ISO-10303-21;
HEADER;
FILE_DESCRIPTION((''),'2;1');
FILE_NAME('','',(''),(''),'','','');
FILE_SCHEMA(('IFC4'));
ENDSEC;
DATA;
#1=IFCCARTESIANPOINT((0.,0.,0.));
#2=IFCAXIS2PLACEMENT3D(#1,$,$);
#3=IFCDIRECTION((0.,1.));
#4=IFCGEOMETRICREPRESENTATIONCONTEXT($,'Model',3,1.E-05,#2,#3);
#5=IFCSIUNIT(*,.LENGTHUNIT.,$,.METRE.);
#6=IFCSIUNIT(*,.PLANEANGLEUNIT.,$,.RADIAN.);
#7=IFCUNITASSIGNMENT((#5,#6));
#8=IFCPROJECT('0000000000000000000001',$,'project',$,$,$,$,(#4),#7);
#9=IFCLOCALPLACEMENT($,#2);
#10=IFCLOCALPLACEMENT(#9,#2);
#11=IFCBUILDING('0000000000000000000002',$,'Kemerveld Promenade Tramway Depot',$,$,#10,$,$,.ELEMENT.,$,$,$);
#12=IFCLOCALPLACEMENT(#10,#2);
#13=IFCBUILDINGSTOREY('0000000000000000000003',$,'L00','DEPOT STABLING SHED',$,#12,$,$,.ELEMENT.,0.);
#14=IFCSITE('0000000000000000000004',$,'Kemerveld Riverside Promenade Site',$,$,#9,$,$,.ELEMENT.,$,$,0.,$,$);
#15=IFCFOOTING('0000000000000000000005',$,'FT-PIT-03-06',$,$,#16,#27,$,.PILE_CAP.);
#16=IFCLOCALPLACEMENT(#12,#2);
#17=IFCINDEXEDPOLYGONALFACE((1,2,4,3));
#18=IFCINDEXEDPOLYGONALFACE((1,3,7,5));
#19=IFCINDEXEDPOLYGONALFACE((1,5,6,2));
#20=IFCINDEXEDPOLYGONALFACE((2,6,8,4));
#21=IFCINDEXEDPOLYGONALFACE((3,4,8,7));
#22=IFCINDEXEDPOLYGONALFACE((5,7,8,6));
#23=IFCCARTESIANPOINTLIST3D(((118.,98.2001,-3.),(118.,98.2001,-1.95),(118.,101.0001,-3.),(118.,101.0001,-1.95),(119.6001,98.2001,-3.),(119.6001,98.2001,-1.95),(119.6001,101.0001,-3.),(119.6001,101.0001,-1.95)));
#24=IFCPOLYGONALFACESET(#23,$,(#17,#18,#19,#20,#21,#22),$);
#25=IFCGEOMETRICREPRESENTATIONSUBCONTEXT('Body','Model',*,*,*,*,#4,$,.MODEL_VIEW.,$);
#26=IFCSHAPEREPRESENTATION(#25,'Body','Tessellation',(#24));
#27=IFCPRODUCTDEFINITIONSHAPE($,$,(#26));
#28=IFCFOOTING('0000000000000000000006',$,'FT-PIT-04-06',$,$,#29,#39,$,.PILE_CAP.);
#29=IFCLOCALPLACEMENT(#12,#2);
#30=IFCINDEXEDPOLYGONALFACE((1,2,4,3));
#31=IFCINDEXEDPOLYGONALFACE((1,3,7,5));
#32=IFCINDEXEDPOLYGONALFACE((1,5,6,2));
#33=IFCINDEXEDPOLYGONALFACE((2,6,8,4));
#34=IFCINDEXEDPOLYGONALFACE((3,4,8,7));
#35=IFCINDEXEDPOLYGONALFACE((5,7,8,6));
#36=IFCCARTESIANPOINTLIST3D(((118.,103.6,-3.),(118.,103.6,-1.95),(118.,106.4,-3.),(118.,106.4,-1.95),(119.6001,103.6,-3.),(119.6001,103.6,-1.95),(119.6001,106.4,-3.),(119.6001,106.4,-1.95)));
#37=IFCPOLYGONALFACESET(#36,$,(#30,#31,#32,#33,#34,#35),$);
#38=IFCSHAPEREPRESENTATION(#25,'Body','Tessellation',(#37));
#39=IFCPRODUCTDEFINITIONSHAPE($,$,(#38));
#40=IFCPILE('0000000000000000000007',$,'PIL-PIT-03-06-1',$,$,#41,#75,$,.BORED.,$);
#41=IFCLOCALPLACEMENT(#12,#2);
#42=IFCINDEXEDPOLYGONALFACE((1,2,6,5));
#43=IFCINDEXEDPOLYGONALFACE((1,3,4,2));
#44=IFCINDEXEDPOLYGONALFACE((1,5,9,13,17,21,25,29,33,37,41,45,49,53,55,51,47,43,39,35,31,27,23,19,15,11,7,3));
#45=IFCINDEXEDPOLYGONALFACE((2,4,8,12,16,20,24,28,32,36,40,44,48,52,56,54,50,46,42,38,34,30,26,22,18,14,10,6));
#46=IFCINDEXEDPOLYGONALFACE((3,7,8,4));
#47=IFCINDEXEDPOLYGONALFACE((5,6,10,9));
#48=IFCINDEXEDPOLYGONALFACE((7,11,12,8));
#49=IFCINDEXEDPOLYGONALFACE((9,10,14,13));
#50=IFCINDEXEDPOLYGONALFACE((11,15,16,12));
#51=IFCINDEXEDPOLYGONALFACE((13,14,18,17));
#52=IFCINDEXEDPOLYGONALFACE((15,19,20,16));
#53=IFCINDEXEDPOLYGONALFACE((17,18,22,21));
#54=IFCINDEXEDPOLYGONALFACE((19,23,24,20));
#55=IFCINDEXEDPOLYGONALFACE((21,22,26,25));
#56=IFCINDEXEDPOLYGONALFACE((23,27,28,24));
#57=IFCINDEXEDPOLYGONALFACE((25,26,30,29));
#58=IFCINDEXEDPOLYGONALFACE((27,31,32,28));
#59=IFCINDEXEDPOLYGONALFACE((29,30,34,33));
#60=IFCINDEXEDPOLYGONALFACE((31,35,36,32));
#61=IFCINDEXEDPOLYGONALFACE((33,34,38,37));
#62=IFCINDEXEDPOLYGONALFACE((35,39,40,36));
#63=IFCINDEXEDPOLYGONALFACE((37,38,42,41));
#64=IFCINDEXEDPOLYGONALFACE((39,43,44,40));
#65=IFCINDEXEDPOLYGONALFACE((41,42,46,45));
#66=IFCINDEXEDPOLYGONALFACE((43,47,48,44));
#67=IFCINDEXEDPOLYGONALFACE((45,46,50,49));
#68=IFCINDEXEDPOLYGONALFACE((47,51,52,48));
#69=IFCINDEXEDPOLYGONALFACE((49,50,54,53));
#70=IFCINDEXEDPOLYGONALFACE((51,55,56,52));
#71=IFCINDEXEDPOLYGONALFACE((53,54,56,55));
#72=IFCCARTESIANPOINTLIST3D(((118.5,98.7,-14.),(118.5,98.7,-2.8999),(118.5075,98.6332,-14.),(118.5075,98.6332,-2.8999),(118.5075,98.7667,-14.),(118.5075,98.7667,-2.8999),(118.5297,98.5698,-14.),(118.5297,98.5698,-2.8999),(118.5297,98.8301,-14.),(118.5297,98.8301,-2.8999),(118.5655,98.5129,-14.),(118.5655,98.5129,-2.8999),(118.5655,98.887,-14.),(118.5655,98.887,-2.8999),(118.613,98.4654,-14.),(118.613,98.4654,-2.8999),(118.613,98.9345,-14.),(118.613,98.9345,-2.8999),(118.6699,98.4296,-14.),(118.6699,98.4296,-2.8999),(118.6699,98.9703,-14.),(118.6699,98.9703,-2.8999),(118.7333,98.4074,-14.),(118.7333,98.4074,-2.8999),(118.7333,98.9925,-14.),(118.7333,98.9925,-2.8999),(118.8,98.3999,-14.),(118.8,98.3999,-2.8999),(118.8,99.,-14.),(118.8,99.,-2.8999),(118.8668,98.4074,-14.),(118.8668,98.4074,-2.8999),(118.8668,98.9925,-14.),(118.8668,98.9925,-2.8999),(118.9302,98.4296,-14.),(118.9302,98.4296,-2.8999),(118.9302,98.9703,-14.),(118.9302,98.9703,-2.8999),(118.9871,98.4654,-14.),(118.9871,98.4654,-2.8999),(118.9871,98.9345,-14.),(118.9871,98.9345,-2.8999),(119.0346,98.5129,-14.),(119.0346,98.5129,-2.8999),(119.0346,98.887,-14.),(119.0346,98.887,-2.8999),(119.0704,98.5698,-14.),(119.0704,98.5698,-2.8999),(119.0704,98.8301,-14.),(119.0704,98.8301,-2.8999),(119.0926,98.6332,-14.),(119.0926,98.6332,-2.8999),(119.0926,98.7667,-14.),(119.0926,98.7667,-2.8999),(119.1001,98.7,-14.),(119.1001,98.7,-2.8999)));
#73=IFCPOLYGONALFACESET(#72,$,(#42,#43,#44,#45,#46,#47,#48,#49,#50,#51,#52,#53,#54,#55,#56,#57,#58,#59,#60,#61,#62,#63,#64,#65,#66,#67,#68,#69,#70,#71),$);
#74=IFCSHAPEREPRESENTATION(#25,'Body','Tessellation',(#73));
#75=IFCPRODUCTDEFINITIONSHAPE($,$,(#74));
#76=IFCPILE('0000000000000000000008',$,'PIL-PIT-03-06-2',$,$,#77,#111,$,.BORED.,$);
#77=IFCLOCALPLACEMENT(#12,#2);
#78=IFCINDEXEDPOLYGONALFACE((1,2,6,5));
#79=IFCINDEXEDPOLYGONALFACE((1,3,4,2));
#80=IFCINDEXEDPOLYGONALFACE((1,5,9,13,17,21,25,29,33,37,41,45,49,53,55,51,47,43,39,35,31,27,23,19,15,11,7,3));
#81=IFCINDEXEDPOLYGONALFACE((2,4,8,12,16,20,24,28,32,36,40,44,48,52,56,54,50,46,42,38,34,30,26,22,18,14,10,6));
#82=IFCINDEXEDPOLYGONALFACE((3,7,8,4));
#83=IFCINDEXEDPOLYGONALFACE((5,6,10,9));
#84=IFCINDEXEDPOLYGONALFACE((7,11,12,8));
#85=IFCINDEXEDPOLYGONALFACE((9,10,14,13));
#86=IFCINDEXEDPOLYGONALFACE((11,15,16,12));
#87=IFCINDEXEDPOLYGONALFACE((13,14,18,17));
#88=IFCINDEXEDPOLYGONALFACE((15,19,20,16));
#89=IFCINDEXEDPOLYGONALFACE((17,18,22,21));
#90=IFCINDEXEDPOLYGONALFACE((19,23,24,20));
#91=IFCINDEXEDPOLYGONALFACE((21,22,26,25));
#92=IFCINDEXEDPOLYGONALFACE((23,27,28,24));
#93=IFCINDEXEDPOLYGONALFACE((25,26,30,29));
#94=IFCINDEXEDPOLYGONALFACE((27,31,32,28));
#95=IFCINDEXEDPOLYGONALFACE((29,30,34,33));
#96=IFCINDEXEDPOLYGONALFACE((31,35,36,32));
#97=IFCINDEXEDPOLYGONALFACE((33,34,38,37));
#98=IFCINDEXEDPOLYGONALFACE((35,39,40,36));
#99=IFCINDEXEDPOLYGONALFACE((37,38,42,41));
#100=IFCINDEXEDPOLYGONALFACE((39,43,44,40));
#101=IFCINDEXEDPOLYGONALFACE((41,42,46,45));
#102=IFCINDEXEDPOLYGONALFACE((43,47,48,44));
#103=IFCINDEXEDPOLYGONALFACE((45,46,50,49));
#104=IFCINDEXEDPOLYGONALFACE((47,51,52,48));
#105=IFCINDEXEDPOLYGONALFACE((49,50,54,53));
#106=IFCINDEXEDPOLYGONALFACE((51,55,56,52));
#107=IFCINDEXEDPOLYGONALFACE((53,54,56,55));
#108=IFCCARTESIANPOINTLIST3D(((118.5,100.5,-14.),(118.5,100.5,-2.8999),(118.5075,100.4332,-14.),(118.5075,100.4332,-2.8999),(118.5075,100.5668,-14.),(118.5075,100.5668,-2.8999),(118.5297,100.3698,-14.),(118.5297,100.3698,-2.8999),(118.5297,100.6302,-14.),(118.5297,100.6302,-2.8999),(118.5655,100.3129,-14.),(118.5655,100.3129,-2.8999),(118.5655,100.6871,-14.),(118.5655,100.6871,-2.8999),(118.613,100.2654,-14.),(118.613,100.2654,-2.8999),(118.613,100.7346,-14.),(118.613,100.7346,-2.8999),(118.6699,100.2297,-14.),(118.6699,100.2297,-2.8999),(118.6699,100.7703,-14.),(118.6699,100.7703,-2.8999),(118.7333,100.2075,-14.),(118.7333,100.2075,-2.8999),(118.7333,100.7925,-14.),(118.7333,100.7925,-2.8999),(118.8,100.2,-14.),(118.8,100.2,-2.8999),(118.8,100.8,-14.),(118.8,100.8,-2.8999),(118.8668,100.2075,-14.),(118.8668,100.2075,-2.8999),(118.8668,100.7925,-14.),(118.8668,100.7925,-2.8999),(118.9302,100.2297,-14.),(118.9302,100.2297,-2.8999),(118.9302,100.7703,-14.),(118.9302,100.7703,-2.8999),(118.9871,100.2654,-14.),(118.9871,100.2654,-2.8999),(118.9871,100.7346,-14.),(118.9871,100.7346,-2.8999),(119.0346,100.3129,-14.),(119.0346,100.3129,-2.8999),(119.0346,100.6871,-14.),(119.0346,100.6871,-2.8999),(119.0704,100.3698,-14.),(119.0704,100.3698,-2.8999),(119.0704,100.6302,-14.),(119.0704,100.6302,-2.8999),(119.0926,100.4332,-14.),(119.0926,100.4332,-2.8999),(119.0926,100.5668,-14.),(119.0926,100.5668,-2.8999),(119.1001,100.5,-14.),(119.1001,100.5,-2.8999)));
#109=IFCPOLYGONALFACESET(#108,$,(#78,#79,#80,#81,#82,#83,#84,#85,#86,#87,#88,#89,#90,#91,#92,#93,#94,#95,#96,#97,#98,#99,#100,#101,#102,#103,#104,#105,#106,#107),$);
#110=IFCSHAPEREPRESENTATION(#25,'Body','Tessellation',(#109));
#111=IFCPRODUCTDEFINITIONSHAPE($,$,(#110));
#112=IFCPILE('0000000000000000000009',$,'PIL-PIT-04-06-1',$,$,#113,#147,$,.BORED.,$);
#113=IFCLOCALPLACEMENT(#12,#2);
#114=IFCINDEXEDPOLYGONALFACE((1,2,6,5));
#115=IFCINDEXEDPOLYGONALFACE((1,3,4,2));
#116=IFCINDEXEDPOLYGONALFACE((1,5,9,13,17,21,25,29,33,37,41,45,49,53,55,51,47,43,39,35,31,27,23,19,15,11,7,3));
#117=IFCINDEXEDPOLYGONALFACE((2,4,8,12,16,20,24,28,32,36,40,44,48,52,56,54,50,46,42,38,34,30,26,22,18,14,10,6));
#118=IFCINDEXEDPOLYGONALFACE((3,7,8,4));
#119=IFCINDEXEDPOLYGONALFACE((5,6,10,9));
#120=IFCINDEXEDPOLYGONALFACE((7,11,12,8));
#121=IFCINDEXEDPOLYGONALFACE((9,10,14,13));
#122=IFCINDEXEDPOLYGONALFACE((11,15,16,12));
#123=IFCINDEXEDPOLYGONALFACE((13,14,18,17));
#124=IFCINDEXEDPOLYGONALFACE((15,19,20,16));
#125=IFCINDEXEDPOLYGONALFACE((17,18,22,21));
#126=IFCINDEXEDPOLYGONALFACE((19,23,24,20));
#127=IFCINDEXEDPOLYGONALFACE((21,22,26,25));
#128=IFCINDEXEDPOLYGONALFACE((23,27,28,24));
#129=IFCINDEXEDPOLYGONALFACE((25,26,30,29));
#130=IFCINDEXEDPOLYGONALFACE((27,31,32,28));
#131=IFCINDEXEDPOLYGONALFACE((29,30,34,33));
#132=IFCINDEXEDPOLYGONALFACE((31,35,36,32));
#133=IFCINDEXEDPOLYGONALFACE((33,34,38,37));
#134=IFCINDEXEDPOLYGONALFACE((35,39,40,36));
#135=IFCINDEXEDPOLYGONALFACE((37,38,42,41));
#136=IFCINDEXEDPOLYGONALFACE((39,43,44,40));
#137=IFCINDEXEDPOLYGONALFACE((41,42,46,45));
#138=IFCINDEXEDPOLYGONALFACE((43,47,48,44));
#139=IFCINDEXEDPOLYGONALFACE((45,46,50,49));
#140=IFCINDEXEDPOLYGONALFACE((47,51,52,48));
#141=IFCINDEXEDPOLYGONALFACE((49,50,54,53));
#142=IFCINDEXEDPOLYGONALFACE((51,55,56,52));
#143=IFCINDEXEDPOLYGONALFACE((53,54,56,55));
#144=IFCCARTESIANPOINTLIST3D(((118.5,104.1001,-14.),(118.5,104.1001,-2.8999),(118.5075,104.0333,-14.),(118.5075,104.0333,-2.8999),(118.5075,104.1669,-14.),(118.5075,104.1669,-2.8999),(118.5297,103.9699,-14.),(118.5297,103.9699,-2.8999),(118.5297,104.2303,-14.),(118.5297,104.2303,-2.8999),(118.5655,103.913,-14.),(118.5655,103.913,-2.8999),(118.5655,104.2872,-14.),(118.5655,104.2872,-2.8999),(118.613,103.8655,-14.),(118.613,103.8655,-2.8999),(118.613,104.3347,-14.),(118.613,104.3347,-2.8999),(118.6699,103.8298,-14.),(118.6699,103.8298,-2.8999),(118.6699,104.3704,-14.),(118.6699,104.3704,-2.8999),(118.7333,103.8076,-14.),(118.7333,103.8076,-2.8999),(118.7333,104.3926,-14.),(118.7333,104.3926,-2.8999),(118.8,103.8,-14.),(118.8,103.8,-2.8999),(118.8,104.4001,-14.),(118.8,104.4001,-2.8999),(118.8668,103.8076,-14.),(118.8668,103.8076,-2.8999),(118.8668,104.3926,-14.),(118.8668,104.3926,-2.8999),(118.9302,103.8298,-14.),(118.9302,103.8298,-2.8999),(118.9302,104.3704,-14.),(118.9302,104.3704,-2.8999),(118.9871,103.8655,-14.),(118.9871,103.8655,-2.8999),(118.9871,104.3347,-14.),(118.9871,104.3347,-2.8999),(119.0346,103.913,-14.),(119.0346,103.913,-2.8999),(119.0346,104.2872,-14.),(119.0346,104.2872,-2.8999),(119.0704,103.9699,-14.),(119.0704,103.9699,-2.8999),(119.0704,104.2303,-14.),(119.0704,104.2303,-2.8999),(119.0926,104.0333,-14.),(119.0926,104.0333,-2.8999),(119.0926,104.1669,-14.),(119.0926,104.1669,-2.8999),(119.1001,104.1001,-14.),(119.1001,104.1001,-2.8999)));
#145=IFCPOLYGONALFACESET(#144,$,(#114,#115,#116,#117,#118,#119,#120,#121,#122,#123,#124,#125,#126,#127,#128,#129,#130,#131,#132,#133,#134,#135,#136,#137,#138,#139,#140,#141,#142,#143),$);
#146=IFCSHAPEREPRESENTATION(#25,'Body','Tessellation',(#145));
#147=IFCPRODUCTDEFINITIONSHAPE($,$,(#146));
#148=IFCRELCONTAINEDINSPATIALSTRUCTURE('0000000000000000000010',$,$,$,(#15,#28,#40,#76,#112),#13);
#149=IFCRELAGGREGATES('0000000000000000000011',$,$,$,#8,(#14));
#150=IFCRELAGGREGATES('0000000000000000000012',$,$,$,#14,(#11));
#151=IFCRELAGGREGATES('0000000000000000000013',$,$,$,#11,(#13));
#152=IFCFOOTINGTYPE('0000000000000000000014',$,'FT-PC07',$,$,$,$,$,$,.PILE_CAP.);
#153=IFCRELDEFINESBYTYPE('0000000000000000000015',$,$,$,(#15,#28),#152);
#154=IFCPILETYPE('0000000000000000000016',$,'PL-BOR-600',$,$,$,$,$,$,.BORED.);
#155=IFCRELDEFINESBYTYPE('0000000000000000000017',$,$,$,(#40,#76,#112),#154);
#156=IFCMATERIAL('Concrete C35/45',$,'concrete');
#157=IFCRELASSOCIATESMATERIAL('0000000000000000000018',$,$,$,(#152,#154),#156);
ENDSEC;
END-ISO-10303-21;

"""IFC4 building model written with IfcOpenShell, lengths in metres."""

from ifc_helpers import new_model, si_unit, direction, frame, origin, origin_2d, place, context, subcontext, project, spatial, rectangle, circle, extrude, material, material_profile, profile_set, type_object, element, save


model = new_model("IFC4")

# Units and contexts
model_context = context("Model", 3, precision=1e-05, world=origin(), true_north=direction((0.0, 1.0)))
body_context = subcontext(model_context, "Body", "Model", "MODEL_VIEW")
ifc_project = project(units=[si_unit("LENGTHUNIT", "METRE"), si_unit("PLANEANGLEUNIT", "RADIAN")], contexts=[model_context])

# Site, building, storey
site_placement = place(None, origin())
site = spatial("IfcSite", under=ifc_project, at=site_placement, Name="Kemerveld Riverside Promenade Site", CompositionType="ELEMENT", RefElevation=0.0)
building_placement = place(site_placement, origin())
building = spatial("IfcBuilding", under=site, at=building_placement, Name="Kemerveld Promenade Tramway Depot", CompositionType="ELEMENT")
storey_placement = place(building_placement, origin())
storey = spatial("IfcBuildingStorey", under=building, at=storey_placement, Name="L00", Description="DEPOT STABLING SHED", CompositionType="ELEMENT", Elevation=0.0)

# Footings
ifc_material_1 = material(Name="Concrete C35/45", Category="concrete")
footing_type = type_object("IfcFootingType", Name="FT-PC07", PredefinedType="PILE_CAP", material=ifc_material_1)
for number, where, z_axis, x_axis, name in (
    (1, (118.8, 99.6001, -3.0), (0.0, 0.0, 1.0), (1.0, 0.0, 0.0), "FT-PIT-03-06"),
    (2, (118.8, 105.0, -3.0), (0.0, 0.0, 1.0), (1.0, 0.0, 0.0), "FT-PIT-04-06"),
):
    element("IfcFooting", number, at=place(storey_placement, frame(where, z_axis=z_axis, x_axis=x_axis)), inside=storey, type_object=footing_type, Name=name, PredefinedType="PILE_CAP", context=body_context, shape_type="SweptSolid", body=[
        extrude(rectangle(XDim=1.6001, YDim=2.8, at=origin_2d()), origin(), (0.0, 0.0, 1.0), 1.05),
    ])

# Piles
ifc_material_profile_1 = material_profile(ifc_material_1, circle(Radius=0.3, at=origin_2d()), Name="PILE-D600")
ifc_profile_set_1 = profile_set([ifc_material_profile_1], Name="Concrete C35/45")
pile_type = type_object("IfcPileType", Name="PL-BOR-600", PredefinedType="BORED", material=ifc_profile_set_1)
for number, where, z_axis, x_axis, name in (
    (3, (118.8, 98.7, -2.8999), (0.0, 0.0, -1.0), (1.0, 0.0, 0.0), "PIL-PIT-03-06-1"),
    (4, (118.8, 100.5, -2.8999), (0.0, 0.0, -1.0), (1.0, 0.0, 0.0), "PIL-PIT-03-06-2"),
    (5, (118.8, 104.1001, -2.8999), (0.0, 0.0, -1.0), (1.0, 0.0, 0.0), "PIL-PIT-04-06-1"),
):
    element("IfcPile", number, at=place(storey_placement, frame(where, z_axis=z_axis, x_axis=x_axis)), inside=storey, type_object=pile_type, Name=name, PredefinedType="BORED", context=body_context, shape_type="SweptSolid", body=[
        extrude(circle(Radius=0.3, at=origin_2d()), origin(), (0.0, 0.0, 1.0), 11.1001),
    ])

save(model, "model.ifc")
